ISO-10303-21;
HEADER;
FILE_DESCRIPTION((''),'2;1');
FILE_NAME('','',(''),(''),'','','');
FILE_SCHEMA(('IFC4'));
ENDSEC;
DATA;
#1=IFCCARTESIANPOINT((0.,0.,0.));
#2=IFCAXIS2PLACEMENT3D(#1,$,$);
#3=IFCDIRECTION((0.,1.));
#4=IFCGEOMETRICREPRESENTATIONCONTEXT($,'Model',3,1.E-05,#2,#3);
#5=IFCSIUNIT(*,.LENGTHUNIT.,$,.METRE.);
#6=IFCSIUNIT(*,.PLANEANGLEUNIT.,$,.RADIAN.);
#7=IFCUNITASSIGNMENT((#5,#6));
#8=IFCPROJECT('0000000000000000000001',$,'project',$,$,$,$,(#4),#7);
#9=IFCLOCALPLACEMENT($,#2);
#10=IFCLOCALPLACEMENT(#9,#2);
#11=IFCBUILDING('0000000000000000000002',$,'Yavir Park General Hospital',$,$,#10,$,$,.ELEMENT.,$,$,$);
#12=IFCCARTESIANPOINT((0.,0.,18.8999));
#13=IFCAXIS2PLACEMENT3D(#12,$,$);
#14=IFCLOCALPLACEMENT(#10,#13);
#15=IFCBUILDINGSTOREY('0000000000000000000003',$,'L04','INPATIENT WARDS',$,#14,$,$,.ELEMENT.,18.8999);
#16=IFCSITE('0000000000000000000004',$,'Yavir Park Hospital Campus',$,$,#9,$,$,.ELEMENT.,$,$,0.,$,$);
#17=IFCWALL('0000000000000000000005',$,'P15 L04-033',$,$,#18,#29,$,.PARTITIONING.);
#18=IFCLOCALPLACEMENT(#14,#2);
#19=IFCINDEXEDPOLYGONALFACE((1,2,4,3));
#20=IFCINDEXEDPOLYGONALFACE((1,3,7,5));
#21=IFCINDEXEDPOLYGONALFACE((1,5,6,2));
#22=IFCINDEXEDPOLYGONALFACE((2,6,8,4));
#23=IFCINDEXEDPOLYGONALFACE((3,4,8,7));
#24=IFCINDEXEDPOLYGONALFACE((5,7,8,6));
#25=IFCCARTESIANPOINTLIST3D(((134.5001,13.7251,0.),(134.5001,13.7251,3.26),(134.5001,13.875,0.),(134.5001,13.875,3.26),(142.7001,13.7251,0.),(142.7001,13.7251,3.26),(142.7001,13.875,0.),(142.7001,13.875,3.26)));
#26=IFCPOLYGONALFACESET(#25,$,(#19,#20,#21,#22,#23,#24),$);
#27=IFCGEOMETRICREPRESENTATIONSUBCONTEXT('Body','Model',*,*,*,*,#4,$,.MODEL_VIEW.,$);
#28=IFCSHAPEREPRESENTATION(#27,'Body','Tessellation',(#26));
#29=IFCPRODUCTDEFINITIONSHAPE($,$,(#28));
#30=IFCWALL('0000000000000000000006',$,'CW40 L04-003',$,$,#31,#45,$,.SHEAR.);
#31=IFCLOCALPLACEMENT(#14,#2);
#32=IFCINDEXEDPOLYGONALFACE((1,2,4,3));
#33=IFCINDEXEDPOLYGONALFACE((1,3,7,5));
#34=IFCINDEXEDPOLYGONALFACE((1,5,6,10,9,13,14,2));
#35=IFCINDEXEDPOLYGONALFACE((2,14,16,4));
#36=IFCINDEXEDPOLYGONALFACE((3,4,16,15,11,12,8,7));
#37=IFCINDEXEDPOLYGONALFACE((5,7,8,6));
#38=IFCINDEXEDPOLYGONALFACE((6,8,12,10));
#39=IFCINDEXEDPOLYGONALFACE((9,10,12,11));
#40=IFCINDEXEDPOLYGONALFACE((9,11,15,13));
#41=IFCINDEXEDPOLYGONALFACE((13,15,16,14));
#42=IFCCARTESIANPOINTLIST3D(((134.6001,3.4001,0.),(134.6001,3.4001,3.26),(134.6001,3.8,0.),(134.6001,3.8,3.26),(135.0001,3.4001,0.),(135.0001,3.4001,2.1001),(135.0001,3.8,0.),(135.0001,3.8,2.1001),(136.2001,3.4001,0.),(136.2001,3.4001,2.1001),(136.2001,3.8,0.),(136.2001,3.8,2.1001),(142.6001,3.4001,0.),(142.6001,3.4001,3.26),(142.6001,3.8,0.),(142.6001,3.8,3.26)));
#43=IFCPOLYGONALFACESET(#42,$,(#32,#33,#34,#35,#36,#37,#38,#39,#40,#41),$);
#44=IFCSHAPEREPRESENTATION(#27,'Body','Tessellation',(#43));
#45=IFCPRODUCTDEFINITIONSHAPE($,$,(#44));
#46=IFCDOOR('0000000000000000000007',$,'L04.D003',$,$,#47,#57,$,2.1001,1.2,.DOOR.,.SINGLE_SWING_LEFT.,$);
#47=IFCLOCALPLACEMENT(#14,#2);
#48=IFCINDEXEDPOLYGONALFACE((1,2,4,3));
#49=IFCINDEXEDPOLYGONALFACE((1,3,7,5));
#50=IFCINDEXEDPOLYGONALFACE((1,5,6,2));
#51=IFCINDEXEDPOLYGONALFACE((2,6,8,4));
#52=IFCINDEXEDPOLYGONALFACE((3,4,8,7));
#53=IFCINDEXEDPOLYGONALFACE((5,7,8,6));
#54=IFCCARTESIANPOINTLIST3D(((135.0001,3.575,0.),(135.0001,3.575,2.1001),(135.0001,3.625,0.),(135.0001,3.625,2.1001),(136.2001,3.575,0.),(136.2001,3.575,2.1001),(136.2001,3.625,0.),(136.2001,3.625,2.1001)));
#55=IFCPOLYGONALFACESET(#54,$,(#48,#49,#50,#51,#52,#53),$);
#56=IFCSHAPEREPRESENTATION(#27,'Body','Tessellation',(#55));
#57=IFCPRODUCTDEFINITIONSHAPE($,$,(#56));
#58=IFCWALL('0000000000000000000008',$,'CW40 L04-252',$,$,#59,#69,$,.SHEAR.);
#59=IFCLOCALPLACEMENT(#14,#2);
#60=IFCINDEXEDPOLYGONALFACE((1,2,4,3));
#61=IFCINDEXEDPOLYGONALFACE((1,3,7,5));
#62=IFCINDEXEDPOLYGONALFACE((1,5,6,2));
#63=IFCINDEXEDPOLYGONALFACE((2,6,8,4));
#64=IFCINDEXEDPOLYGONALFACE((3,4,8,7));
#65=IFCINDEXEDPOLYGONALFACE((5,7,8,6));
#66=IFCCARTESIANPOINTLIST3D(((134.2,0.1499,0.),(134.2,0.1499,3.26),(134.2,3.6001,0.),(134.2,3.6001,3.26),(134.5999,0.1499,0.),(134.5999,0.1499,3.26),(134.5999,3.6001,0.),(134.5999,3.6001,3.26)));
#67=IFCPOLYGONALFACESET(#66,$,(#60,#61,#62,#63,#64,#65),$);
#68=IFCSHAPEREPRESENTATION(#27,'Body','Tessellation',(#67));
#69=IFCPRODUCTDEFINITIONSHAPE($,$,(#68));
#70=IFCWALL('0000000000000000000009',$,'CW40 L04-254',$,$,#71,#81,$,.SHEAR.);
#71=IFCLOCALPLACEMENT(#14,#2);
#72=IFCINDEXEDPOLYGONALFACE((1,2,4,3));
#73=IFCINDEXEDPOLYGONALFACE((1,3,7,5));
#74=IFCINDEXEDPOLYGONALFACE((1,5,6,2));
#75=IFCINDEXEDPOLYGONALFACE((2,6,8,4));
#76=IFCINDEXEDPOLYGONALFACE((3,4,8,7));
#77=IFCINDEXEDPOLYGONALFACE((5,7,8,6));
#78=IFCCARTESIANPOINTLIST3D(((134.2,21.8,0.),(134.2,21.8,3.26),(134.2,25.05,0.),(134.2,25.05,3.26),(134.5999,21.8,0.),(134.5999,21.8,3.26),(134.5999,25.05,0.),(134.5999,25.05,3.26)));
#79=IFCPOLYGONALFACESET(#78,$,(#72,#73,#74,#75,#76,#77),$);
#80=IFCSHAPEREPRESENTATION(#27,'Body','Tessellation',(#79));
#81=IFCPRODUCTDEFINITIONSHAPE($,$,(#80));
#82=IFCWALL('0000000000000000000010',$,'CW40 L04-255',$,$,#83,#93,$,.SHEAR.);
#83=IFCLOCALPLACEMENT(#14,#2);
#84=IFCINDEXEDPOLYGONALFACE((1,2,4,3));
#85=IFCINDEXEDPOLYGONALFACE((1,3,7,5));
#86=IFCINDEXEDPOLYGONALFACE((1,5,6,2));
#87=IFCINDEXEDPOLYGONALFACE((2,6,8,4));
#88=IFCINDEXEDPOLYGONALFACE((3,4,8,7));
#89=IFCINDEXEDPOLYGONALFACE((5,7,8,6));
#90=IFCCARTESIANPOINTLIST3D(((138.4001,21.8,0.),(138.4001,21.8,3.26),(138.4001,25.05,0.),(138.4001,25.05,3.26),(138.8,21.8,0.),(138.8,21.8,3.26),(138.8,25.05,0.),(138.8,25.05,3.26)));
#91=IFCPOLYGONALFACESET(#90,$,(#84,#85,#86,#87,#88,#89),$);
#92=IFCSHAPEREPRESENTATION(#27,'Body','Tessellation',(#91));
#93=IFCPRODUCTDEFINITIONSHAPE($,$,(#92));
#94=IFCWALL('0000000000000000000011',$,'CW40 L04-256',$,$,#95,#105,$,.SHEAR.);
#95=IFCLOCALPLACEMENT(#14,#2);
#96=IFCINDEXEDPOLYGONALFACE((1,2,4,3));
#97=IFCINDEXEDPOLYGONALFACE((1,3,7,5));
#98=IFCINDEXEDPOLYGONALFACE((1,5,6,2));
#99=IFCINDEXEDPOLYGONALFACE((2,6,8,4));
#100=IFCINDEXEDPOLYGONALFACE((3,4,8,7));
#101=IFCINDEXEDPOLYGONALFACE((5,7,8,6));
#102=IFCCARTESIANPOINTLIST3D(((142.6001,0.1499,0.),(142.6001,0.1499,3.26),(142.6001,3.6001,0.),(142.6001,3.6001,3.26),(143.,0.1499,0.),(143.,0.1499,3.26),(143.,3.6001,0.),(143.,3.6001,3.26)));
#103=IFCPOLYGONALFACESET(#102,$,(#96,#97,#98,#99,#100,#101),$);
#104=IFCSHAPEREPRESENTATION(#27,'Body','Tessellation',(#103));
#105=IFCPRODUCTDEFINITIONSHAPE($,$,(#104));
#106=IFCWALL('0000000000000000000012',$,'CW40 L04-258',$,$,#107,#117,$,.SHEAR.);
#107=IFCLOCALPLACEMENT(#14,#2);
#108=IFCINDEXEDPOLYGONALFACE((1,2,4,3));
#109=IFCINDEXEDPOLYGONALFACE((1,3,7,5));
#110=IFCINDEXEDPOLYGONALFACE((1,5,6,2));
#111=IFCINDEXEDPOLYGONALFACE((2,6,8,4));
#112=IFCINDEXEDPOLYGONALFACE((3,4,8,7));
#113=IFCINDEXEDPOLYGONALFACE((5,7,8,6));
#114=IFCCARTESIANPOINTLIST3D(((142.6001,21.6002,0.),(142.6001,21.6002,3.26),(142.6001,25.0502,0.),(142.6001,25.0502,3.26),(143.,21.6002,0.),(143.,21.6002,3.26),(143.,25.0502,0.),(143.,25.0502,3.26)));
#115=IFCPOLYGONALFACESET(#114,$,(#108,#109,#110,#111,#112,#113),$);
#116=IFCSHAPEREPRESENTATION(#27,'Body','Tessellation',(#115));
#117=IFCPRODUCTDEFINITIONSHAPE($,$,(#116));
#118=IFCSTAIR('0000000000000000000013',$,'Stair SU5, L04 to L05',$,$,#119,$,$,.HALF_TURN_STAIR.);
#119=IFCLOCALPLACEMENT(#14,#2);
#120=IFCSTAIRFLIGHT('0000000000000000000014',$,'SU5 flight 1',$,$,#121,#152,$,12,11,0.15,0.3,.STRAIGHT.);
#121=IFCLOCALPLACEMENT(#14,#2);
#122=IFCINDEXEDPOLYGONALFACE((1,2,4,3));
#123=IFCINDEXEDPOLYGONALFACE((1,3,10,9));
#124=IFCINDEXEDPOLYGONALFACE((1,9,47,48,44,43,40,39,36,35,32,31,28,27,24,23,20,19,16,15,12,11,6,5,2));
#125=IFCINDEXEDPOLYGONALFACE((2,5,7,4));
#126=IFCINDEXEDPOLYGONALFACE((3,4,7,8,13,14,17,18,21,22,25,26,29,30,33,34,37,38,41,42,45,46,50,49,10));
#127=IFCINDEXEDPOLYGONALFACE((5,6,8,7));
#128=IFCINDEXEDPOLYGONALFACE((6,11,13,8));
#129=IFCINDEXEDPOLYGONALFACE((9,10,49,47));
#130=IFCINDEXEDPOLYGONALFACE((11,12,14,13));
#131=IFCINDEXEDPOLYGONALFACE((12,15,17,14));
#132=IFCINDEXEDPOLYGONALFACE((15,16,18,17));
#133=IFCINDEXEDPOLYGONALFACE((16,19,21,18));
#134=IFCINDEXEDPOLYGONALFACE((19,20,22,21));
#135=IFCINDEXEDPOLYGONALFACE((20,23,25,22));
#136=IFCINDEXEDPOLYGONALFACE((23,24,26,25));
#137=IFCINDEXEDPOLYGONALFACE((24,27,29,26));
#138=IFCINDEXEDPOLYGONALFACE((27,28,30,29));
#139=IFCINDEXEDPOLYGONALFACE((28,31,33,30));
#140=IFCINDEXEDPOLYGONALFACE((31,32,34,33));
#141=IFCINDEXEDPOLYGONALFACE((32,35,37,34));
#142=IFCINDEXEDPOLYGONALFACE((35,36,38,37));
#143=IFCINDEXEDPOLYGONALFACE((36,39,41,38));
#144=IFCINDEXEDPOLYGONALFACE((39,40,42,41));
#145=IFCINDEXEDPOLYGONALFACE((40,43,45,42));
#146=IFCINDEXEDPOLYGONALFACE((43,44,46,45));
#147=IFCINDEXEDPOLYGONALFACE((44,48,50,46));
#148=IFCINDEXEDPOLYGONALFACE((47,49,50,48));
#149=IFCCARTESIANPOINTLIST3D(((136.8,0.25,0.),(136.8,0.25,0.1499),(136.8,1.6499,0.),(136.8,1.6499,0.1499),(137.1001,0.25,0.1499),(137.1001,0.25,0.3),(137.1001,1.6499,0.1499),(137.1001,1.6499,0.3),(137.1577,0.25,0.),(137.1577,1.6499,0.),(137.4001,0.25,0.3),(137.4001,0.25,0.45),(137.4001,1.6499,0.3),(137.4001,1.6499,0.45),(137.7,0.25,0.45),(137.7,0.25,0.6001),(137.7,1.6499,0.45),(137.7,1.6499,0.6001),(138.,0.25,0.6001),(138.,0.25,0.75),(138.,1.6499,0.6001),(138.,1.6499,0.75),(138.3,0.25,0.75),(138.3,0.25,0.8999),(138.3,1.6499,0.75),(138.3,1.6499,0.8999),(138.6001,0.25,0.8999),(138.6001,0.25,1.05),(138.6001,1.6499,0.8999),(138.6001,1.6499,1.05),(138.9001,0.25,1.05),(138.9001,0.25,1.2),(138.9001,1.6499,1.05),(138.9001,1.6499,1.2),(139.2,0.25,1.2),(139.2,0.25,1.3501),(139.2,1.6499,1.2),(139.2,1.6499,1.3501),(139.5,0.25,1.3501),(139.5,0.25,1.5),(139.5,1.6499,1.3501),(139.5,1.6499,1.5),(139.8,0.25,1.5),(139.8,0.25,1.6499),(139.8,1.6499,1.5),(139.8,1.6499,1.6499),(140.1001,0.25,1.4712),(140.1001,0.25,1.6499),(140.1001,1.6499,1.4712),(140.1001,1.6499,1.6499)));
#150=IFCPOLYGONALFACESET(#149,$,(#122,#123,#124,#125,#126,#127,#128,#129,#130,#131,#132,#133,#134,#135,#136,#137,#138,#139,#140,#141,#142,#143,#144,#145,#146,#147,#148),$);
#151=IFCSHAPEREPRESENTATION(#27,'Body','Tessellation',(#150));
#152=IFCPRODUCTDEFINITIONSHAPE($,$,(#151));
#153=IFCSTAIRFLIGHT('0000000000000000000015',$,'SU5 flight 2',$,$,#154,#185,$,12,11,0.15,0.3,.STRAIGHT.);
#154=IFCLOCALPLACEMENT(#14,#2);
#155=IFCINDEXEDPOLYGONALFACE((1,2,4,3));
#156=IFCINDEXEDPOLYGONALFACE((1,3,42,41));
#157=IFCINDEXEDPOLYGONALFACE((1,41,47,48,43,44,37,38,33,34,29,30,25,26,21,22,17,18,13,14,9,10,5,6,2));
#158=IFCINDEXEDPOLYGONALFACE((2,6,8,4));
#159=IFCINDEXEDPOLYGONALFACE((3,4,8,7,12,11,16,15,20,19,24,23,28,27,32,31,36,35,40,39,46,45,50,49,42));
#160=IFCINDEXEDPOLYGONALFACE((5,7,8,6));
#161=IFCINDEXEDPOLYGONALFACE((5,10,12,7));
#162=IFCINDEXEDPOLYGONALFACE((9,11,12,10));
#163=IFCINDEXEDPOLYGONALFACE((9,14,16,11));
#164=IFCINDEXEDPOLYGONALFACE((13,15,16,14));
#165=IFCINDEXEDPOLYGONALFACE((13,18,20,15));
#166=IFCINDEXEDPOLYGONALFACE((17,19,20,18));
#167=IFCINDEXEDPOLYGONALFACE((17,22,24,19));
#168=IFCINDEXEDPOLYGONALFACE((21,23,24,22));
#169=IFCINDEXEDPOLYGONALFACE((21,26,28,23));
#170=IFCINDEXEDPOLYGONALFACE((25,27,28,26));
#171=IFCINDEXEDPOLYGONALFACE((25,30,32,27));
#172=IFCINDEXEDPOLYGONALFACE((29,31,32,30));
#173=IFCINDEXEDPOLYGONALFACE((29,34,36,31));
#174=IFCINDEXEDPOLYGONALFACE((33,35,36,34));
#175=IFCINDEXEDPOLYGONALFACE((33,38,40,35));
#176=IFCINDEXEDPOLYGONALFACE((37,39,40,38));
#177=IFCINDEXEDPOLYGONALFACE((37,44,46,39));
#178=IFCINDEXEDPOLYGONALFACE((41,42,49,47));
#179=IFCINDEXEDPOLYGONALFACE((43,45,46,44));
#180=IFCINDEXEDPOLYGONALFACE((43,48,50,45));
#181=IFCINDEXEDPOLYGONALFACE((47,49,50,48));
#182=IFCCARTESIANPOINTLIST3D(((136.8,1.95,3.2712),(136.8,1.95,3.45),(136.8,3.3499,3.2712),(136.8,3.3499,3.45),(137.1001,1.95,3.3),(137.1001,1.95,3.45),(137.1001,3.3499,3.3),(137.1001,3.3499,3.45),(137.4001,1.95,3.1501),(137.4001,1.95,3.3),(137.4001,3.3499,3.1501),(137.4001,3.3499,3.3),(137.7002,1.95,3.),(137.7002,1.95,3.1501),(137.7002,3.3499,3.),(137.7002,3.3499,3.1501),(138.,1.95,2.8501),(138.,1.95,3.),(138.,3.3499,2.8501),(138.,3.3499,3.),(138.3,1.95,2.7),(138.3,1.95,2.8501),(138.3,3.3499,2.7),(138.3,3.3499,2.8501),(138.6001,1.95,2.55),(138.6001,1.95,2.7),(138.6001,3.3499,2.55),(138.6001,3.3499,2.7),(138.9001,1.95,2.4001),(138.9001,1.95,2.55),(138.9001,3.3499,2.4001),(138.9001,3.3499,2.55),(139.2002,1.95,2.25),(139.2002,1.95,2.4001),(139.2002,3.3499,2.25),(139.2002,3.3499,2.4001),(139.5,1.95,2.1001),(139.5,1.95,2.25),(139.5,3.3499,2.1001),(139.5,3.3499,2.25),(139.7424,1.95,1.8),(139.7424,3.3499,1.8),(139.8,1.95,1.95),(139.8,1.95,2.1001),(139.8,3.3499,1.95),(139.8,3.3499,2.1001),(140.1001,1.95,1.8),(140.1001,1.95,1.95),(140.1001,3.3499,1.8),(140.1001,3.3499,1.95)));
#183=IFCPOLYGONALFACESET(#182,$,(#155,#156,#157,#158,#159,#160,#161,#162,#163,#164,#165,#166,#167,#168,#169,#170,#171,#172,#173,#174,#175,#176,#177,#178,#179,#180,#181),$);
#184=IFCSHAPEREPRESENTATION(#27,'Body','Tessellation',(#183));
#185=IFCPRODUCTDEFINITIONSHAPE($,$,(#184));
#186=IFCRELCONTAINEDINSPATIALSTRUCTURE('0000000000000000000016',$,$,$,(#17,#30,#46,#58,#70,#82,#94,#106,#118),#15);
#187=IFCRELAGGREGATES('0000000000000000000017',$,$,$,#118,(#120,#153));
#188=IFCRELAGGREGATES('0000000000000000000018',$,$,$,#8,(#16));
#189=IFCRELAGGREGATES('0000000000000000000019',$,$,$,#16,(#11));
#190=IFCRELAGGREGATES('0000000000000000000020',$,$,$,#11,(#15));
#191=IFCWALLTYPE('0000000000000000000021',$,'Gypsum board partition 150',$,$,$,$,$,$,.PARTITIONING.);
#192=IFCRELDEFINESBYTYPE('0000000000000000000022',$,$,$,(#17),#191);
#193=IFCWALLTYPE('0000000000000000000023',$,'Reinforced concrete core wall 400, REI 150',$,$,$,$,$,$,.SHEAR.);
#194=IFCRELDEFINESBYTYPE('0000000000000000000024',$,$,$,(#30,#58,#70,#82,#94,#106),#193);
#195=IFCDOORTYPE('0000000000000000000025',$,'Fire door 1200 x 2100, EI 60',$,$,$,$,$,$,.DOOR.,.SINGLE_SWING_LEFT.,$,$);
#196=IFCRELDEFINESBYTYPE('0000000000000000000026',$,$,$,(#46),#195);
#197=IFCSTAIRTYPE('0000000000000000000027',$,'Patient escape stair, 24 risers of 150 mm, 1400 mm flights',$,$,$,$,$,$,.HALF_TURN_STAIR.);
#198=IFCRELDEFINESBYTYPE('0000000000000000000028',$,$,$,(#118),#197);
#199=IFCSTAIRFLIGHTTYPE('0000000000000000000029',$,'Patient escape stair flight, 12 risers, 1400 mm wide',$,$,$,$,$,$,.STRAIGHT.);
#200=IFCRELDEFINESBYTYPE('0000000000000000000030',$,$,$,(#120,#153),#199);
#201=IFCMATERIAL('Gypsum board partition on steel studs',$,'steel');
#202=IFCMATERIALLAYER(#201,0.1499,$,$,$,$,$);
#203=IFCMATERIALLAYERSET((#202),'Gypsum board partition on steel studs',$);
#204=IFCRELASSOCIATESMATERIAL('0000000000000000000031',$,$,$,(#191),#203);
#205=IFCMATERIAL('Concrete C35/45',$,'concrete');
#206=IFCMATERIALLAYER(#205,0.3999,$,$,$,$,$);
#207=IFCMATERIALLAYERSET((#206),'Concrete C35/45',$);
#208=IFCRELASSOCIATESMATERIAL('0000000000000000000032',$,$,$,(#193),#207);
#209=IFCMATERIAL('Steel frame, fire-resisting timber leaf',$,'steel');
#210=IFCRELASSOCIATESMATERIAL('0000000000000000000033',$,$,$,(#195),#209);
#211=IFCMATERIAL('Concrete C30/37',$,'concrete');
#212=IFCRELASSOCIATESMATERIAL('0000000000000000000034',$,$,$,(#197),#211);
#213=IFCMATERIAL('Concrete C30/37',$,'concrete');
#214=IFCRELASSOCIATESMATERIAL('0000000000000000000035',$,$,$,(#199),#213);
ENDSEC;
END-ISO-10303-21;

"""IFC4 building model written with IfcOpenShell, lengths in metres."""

from ifc_helpers import new_model, si_unit, direction, frame, frame_2d, origin, place, context, subcontext, project, spatial, polyline, rectangle, outline, extrude, material, layer, layer_set, type_object, element, fill, aggregate, save


model = new_model("IFC4")

# Units and contexts
model_context = context("Model", 3, precision=1e-05, world=origin(), true_north=direction((0.0, 1.0)))
body_context = subcontext(model_context, "Body", "Model", "MODEL_VIEW")
ifc_project = project(units=[si_unit("LENGTHUNIT", "METRE"), si_unit("PLANEANGLEUNIT", "RADIAN")], contexts=[model_context])

# Site, building, storey
site_placement = place(None, origin())
site = spatial("IfcSite", under=ifc_project, at=site_placement, Name="Yavir Park Hospital Campus", CompositionType="ELEMENT", RefElevation=0.0)
building_placement = place(site_placement, origin())
building = spatial("IfcBuilding", under=site, at=building_placement, Name="Yavir Park General Hospital", CompositionType="ELEMENT")
storey_placement = place(building_placement, frame((0.0, 0.0, 18.8999)))
storey = spatial("IfcBuildingStorey", under=building, at=storey_placement, Name="L04", Description="INPATIENT WARDS", CompositionType="ELEMENT", Elevation=18.8999)

# Wall
ifc_material_1 = material(Name="Gypsum board partition on steel studs", Category="steel")
ifc_layer_1 = layer(ifc_material_1, 0.1499)
ifc_layer_set_1 = layer_set([ifc_layer_1], Name="Gypsum board partition on steel studs")
wall_type_1 = type_object("IfcWallType", Name="Gypsum board partition 150", PredefinedType="PARTITIONING", material=ifc_layer_set_1)
wall_1_placement = place(storey_placement, frame((134.5, 13.8, 0.0), z_axis=(0.0, 0.0, 1.0), x_axis=(1.0, 0.0, 0.0)))
element("IfcWall", 1, at=wall_1_placement, inside=storey, type_object=wall_type_1, Name="P15 L04-033", PredefinedType="PARTITIONING", context=body_context, shape_type="SweptSolid", body=[
    extrude(rectangle(XDim=8.2, YDim=0.1499, at=frame_2d((4.1001, 0.0))), origin(), (0.0, 0.0, 1.0), 3.26),
])

# Wall, opening, door
ifc_material_2 = material(Name="Concrete C35/45", Category="concrete")
ifc_layer_2 = layer(ifc_material_2, 0.3999)
ifc_layer_set_2 = layer_set([ifc_layer_2], Name="Concrete C35/45")
wall_type_2 = type_object("IfcWallType", Name="Reinforced concrete core wall 400, REI 150", PredefinedType="SHEAR", material=ifc_layer_set_2)
wall_2_placement = place(storey_placement, frame((134.6001, 3.6001, 0.0), z_axis=(0.0, 0.0, 1.0), x_axis=(1.0, 0.0, 0.0)))
wall_2 = element("IfcWall", 2, at=wall_2_placement, inside=storey, type_object=wall_type_2, Name="CW40 L04-003", PredefinedType="SHEAR", context=body_context, shape_type="SweptSolid", body=[
    extrude(rectangle(XDim=8.0, YDim=0.3999, at=frame_2d((4.0, 0.0))), origin(), (0.0, 0.0, 1.0), 3.26),
])
opening_1_placement = place(wall_2_placement, frame((0.3999, 0.0, 0.0)))
opening_1 = element("IfcOpeningElement", 3, at=opening_1_placement, cuts=wall_2, PredefinedType="OPENING", context=body_context, shape_type="SweptSolid", body=[
    extrude(rectangle(XDim=1.2, YDim=2.1001, at=frame_2d((0.6001, 1.05))), frame((0.0, 0.21, 0.0), z_axis=(0.0, -1.0, 0.0), x_axis=(1.0, 0.0, 0.0)), (0.0, 0.0, 1.0), 0.4199),
])
ifc_material_3 = material(Name="Steel frame, fire-resisting timber leaf", Category="steel")
door_type_1 = type_object("IfcDoorType", Name="Fire door 1200 x 2100, EI 60", OperationType="SINGLE_SWING_LEFT", PredefinedType="DOOR", material=ifc_material_3)
door_1_placement = place(opening_1_placement, origin())
door_1 = element("IfcDoor", 4, at=door_1_placement, inside=storey, type_object=door_type_1, Name="L04.D003", OperationType="SINGLE_SWING_LEFT", OverallHeight=2.1001, OverallWidth=1.2, PredefinedType="DOOR", context=body_context, shape_type="SweptSolid", body=[
    extrude(rectangle(XDim=1.2, YDim=2.1001, at=frame_2d((0.6001, 1.05))), frame((0.0, 0.0249, 0.0), z_axis=(0.0, -1.0, 0.0), x_axis=(1.0, 0.0, 0.0)), (0.0, 0.0, 1.0), 0.05),
])
fill(opening_1, door_1)

# Walls
wall_3_placement = place(storey_placement, frame((134.3999, 0.1499, 0.0), z_axis=(0.0, 0.0, 1.0), x_axis=(0.0, 1.0, 0.0)))
element("IfcWall", 5, at=wall_3_placement, inside=storey, type_object=wall_type_2, Name="CW40 L04-252", PredefinedType="SHEAR", context=body_context, shape_type="SweptSolid", body=[
    extrude(rectangle(XDim=3.4502, YDim=0.3999, at=frame_2d((1.7251, 0.0))), origin(), (0.0, 0.0, 1.0), 3.26),
])
for number, where, z_axis, x_axis, name in (
    (6, (134.3999, 21.8, 0.0), (0.0, 0.0, 1.0), (0.0, 1.0, 0.0), "CW40 L04-254"),
    (7, (138.6001, 21.8, 0.0), (0.0, 0.0, 1.0), (0.0, 1.0, 0.0), "CW40 L04-255"),
):
    element("IfcWall", number, at=place(storey_placement, frame(where, z_axis=z_axis, x_axis=x_axis)), inside=storey, type_object=wall_type_2, Name=name, PredefinedType="SHEAR", context=body_context, shape_type="SweptSolid", body=[
        extrude(rectangle(XDim=3.25, YDim=0.3999, at=frame_2d((1.625, 0.0))), origin(), (0.0, 0.0, 1.0), 3.26),
    ])
wall_4_placement = place(storey_placement, frame((142.8, 0.1499, 0.0), z_axis=(0.0, 0.0, 1.0), x_axis=(0.0, 1.0, 0.0)))
element("IfcWall", 8, at=wall_4_placement, inside=storey, type_object=wall_type_2, Name="CW40 L04-256", PredefinedType="SHEAR", context=body_context, shape_type="SweptSolid", body=[
    extrude(rectangle(XDim=3.4502, YDim=0.3999, at=frame_2d((1.7251, 0.0))), origin(), (0.0, 0.0, 1.0), 3.26),
])
wall_5_placement = place(storey_placement, frame((142.8, 21.6001, 0.0), z_axis=(0.0, 0.0, 1.0), x_axis=(0.0, 1.0, 0.0)))
element("IfcWall", 9, at=wall_5_placement, inside=storey, type_object=wall_type_2, Name="CW40 L04-258", PredefinedType="SHEAR", context=body_context, shape_type="SweptSolid", body=[
    extrude(rectangle(XDim=3.45, YDim=0.3999, at=frame_2d((1.7251, 0.0))), origin(), (0.0, 0.0, 1.0), 3.26),
])

# Stair, stair flights
ifc_material_4 = material(Name="Concrete C30/37", Category="concrete")
stair_type = type_object("IfcStairType", Name="Patient escape stair, 24 risers of 150 mm, 1400 mm flights", PredefinedType="HALF_TURN_STAIR", material=ifc_material_4)
stair_placement = place(storey_placement, origin())
stair = element("IfcStair", 10, at=stair_placement, inside=storey, type_object=stair_type, Name="Stair SU5, L04 to L05", PredefinedType="HALF_TURN_STAIR")
ifc_material_5 = material(Name="Concrete C30/37", Category="concrete")
stair_flight_type = type_object("IfcStairFlightType", Name="Patient escape stair flight, 12 risers, 1400 mm wide", PredefinedType="STRAIGHT", material=ifc_material_5)
stair_flight_1_placement = place(storey_placement, frame((136.8, 0.95, 0.0), z_axis=(0.0, 0.0, 1.0), x_axis=(1.0, 0.0, 0.0)))
stair_flight_1 = element("IfcStairFlight", 11, at=stair_flight_1_placement, type_object=stair_flight_type, Name="SU5 flight 1", NumberOfRisers=12, NumberOfTreads=11, PredefinedType="STRAIGHT", RiserHeight=0.15, TreadLength=0.3, context=body_context, shape_type="SweptSolid", body=[
    extrude(outline(polyline([(0.0, 0.0), (0.0, 0.1499), (0.3, 0.1499), (0.3, 0.3), (0.6001, 0.3), (0.6001, 0.45), (0.8999, 0.45), (0.8999, 0.6001), (1.2, 0.6001), (1.2, 0.75), (1.5, 0.75), (1.5, 0.8999), (1.8, 0.8999), (1.8, 1.05), (2.1001, 1.05), (2.1001, 1.2), (2.3999, 1.2), (2.3999, 1.3501), (2.7, 1.3501), (2.7, 1.5), (3.0, 1.5), (3.0, 1.6499), (3.3, 1.6499), (3.3, 1.8), (3.3, 1.4712), (0.3577, 0.0), (0.0, 0.0)])), frame((0.0, 0.7, 0.0), z_axis=(0.0, -1.0, 0.0), x_axis=(1.0, 0.0, 0.0)), (0.0, 0.0, 1.0), 1.3999),
])
stair_flight_2_placement = place(storey_placement, frame((140.1001, 2.6499, 1.8), z_axis=(0.0, 0.0, 1.0), x_axis=(-1.0, 0.0, 0.0)))
stair_flight_2 = element("IfcStairFlight", 12, at=stair_flight_2_placement, type_object=stair_flight_type, Name="SU5 flight 2", NumberOfRisers=12, NumberOfTreads=11, PredefinedType="STRAIGHT", RiserHeight=0.15, TreadLength=0.3, context=body_context, shape_type="SweptSolid", body=[
    extrude(outline(polyline([(0.0, 0.0), (0.0, 0.1499), (0.3, 0.1499), (0.3, 0.3), (0.6001, 0.3), (0.6001, 0.45), (0.8999, 0.45), (0.8999, 0.6001), (1.2, 0.6001), (1.2, 0.75), (1.5, 0.75), (1.5, 0.8999), (1.8, 0.8999), (1.8, 1.05), (2.1001, 1.05), (2.1001, 1.2), (2.3999, 1.2), (2.3999, 1.3501), (2.7, 1.3501), (2.7, 1.5), (3.0, 1.5), (3.0, 1.6499), (3.3, 1.6499), (3.3, 1.8), (3.3, 1.4712), (0.3577, 0.0), (0.0, 0.0)])), frame((0.0, 0.7, 0.0), z_axis=(0.0, -1.0, 0.0), x_axis=(1.0, 0.0, 0.0)), (0.0, 0.0, 1.0), 1.3999),
])
aggregate(stair, [stair_flight_1, stair_flight_2])

save(model, "model.ifc")
